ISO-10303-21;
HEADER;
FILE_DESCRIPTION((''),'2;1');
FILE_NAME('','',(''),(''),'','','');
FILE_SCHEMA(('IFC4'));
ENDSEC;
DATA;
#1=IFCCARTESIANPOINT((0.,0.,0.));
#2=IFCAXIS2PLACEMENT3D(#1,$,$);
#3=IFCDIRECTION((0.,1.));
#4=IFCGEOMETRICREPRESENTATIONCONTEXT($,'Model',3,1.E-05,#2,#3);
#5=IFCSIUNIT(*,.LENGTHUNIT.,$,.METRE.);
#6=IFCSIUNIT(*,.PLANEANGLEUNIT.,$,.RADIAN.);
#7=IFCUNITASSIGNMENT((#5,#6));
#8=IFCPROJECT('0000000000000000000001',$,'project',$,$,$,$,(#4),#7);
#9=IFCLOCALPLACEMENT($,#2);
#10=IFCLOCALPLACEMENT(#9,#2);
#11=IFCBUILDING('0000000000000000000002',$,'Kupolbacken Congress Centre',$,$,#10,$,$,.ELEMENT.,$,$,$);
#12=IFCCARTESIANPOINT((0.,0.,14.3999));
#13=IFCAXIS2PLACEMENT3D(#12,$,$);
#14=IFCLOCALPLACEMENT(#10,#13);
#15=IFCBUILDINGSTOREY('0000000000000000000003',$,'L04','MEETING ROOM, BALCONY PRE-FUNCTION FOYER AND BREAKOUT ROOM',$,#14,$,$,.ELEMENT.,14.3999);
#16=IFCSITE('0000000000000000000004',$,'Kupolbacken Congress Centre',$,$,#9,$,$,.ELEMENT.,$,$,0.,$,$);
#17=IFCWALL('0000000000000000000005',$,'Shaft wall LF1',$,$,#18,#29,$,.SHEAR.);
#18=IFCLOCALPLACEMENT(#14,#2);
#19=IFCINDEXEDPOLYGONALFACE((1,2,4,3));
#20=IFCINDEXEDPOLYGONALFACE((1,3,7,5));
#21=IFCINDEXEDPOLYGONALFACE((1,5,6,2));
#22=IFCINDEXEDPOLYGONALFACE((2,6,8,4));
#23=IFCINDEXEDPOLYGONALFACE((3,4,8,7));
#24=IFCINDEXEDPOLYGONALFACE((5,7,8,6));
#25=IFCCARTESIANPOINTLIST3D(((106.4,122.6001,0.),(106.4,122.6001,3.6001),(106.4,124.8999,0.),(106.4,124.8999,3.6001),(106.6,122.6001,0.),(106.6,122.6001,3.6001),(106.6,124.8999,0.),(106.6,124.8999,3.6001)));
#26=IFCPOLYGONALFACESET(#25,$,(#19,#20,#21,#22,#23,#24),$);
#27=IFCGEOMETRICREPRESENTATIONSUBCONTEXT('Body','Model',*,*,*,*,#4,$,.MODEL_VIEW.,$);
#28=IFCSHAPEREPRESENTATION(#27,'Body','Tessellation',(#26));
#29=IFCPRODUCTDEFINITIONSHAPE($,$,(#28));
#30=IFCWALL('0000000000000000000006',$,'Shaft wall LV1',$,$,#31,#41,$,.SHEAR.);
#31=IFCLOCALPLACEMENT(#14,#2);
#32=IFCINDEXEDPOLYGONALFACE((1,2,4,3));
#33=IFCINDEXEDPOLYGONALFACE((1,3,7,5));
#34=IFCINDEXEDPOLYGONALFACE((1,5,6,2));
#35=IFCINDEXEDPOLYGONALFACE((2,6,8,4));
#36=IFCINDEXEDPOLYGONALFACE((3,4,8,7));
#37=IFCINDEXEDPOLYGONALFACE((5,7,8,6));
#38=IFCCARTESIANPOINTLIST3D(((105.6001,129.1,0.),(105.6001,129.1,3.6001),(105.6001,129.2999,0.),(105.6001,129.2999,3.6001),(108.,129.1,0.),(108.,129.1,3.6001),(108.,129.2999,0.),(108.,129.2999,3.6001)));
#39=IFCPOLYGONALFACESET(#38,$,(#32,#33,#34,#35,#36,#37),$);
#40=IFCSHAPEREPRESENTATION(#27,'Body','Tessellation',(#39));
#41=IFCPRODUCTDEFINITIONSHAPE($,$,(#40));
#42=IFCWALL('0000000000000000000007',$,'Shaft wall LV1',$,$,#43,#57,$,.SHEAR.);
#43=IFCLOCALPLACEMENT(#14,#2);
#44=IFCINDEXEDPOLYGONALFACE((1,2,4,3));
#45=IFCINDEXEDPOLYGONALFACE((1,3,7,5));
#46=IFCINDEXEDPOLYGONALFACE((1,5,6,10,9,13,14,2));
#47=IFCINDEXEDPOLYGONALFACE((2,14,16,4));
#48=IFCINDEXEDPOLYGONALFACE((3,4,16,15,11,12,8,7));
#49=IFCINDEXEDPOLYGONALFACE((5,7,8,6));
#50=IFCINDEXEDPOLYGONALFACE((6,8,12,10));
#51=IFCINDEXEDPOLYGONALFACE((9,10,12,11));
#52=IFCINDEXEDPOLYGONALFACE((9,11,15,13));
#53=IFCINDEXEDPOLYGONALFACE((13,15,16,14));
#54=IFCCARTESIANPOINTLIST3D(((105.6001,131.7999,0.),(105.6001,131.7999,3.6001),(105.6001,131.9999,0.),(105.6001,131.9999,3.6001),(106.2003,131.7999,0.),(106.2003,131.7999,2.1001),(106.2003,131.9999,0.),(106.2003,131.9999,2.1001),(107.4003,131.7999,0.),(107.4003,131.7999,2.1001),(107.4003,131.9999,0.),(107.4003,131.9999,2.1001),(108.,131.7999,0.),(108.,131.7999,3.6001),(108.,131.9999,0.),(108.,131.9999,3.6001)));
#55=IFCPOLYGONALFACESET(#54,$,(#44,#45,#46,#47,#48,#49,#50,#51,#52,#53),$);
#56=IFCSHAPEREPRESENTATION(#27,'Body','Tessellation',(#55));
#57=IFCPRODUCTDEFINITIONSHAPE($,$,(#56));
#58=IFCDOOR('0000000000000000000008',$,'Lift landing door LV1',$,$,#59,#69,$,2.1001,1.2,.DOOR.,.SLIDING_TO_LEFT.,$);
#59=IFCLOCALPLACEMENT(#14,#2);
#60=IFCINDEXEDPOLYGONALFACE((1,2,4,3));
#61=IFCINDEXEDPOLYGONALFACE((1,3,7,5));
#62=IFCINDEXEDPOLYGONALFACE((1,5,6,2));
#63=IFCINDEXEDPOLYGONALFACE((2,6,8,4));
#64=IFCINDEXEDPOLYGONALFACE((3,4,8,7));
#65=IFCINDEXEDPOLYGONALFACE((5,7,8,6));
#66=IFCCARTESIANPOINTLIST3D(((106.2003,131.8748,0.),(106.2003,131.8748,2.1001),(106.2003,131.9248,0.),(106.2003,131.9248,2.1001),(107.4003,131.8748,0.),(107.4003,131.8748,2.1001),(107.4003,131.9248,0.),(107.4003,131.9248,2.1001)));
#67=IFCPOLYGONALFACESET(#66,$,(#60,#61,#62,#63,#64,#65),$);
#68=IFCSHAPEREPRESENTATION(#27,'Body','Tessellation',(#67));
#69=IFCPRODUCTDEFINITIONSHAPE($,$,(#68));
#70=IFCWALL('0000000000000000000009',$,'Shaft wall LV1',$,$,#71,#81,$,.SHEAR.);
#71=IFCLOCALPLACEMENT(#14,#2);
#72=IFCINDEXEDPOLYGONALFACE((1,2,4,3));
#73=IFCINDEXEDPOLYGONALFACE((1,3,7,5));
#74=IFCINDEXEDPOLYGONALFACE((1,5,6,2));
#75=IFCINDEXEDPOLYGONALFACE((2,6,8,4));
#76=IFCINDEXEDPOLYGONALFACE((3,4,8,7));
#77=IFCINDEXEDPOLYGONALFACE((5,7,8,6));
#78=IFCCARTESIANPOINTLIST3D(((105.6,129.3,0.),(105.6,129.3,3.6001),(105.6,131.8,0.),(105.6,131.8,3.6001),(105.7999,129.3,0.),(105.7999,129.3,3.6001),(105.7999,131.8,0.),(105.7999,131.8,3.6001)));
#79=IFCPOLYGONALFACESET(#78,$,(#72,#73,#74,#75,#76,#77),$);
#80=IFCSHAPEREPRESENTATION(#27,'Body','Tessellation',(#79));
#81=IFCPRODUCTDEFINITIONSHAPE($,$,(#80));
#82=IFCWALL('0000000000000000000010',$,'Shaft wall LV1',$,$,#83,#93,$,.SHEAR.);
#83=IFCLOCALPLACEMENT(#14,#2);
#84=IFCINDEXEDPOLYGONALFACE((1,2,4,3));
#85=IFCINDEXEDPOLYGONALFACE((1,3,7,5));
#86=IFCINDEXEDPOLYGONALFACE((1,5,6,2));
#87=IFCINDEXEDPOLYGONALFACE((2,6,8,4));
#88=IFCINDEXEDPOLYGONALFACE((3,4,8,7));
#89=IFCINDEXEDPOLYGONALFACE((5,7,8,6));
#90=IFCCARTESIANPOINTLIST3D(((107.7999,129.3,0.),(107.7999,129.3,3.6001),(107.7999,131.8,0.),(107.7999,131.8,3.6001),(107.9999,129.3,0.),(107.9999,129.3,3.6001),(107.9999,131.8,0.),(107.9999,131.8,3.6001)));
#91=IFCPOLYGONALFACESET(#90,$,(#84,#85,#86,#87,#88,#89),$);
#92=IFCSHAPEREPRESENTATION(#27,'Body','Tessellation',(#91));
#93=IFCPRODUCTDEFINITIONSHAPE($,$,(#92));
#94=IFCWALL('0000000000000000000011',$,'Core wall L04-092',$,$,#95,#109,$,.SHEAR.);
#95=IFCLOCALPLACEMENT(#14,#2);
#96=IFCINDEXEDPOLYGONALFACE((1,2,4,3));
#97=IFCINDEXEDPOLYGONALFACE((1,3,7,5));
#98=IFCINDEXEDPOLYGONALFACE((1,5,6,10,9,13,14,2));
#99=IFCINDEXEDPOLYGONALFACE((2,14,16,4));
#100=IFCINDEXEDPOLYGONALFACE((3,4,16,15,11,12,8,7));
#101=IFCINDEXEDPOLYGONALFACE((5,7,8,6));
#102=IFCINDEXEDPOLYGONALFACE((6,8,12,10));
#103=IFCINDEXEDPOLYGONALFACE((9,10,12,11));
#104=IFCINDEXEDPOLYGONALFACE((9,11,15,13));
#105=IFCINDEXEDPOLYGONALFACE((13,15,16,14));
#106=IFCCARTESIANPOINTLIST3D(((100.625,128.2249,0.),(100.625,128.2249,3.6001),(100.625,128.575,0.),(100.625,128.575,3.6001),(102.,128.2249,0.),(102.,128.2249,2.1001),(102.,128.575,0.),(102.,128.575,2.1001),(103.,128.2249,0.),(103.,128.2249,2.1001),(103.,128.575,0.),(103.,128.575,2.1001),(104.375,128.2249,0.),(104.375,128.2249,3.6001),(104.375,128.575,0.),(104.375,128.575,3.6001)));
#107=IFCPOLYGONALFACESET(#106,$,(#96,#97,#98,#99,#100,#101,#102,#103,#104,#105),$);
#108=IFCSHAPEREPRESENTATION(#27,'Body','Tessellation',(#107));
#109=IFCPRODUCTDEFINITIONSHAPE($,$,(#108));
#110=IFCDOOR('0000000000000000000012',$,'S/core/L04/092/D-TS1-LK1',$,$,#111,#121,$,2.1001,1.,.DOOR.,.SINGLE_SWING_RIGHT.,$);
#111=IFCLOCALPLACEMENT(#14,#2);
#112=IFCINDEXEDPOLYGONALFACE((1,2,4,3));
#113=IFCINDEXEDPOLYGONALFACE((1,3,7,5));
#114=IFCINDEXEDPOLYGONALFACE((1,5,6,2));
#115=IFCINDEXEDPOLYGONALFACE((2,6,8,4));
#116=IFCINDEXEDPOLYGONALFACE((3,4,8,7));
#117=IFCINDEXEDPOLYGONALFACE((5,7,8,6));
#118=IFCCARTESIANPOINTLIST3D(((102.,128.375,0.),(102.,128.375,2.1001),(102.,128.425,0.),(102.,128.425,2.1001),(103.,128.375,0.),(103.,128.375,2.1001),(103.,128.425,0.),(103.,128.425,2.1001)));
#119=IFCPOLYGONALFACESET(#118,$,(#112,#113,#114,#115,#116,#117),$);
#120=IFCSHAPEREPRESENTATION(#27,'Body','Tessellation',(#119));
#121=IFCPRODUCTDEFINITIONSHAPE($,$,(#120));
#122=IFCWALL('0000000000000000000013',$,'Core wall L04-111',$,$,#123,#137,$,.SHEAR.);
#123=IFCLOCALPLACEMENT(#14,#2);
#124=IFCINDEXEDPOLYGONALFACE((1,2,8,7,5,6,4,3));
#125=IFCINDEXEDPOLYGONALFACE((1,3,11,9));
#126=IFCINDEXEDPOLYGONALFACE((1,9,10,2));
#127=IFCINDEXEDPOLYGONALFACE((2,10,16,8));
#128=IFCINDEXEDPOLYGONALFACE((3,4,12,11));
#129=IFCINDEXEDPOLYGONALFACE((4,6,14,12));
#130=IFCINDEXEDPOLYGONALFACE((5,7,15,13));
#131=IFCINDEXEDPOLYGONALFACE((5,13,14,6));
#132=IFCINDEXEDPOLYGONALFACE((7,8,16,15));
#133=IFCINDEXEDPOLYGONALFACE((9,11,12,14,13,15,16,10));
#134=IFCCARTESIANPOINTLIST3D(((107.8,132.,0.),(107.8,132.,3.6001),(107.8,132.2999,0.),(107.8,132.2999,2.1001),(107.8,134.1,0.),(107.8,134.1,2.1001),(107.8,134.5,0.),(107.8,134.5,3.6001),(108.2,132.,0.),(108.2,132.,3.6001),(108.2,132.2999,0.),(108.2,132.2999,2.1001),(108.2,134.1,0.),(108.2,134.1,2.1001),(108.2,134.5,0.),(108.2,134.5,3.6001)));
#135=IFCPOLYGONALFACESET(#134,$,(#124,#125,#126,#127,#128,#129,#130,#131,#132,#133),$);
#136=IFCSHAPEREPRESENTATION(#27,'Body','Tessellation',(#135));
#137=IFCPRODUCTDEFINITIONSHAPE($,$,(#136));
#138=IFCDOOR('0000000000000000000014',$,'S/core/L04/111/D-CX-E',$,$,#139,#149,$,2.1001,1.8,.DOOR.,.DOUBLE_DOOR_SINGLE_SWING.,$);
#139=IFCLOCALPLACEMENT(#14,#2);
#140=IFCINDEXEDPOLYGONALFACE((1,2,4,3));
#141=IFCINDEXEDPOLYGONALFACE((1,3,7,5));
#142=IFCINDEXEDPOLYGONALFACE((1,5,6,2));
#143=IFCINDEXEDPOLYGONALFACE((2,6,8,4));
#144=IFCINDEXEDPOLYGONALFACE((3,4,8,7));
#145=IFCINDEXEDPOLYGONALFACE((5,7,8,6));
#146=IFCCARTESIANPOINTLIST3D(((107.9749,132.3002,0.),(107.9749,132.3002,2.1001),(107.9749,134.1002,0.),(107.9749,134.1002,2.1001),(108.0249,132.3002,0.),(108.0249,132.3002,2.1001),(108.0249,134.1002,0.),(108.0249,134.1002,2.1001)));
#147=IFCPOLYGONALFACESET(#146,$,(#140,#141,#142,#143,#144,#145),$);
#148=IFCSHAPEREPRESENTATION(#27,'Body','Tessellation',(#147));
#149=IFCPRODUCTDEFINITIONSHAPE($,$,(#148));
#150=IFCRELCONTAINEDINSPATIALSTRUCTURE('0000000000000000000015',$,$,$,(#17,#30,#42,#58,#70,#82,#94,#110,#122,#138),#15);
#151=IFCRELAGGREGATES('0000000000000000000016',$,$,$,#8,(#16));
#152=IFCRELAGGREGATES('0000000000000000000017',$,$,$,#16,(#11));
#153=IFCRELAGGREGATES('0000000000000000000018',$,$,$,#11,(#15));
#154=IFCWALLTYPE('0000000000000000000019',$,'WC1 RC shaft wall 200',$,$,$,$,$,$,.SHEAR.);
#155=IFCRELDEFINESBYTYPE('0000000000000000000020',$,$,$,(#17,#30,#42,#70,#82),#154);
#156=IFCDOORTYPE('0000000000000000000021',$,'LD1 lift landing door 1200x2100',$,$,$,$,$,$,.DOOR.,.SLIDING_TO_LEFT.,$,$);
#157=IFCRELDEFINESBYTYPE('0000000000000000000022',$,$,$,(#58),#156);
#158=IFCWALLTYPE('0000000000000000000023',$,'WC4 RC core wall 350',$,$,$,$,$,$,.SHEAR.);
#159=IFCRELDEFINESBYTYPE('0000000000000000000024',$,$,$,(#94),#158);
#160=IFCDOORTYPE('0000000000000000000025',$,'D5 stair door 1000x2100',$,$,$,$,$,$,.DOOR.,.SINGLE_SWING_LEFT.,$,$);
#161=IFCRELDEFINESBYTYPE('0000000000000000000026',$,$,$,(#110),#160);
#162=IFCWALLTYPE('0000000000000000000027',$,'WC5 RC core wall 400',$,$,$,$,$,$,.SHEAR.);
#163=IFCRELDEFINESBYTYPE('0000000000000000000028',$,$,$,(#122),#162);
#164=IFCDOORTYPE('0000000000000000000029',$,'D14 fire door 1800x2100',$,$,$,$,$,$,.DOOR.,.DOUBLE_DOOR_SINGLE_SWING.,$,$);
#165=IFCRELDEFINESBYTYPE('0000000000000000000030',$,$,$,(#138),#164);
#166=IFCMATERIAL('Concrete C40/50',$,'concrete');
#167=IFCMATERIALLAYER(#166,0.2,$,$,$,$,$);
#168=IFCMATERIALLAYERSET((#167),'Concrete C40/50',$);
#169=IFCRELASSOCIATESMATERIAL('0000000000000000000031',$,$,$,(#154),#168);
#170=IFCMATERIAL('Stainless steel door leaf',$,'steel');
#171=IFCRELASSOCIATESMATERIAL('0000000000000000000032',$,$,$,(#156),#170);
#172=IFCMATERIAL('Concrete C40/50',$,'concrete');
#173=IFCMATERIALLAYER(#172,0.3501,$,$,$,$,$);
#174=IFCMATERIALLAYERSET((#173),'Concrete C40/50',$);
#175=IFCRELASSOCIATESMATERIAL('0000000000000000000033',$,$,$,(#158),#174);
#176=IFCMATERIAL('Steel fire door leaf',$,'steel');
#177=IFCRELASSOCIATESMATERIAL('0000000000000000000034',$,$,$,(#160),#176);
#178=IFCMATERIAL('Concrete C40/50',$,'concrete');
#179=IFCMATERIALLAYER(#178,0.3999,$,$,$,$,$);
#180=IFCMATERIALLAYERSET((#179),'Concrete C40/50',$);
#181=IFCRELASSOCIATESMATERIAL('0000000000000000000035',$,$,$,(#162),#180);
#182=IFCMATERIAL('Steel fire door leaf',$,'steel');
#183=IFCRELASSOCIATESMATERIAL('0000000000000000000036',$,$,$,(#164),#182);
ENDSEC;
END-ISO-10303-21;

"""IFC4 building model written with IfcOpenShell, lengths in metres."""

from ifc_helpers import new_model, si_unit, direction, frame, frame_2d, origin, place, context, subcontext, project, spatial, rectangle, extrude, material, layer, layer_set, type_object, element, fill, save


model = new_model("IFC4")

# Units and contexts
model_context = context("Model", 3, precision=1e-05, world=origin(), true_north=direction((0.0, 1.0)))
body_context = subcontext(model_context, "Body", "Model", "MODEL_VIEW")
ifc_project = project(units=[si_unit("LENGTHUNIT", "METRE"), si_unit("PLANEANGLEUNIT", "RADIAN")], contexts=[model_context])

# Site, building, storey
site_placement = place(None, origin())
site = spatial("IfcSite", under=ifc_project, at=site_placement, Name="Kupolbacken Congress Centre", CompositionType="ELEMENT", RefElevation=0.0)
building_placement = place(site_placement, origin())
building = spatial("IfcBuilding", under=site, at=building_placement, Name="Kupolbacken Congress Centre", CompositionType="ELEMENT")
storey_placement = place(building_placement, frame((0.0, 0.0, 14.3999)))
storey = spatial("IfcBuildingStorey", under=building, at=storey_placement, Name="L04", Description="MEETING ROOM, BALCONY PRE-FUNCTION FOYER AND BREAKOUT ROOM", CompositionType="ELEMENT", Elevation=14.3999)

# Shared definitions
ifc_material_1 = material(Name="Concrete C40/50", Category="concrete")
ifc_layer_1 = layer(ifc_material_1, 0.2)
ifc_layer_set_1 = layer_set([ifc_layer_1], Name="Concrete C40/50")
wall_type_1 = type_object("IfcWallType", Name="WC1 RC shaft wall 200", PredefinedType="SHEAR", material=ifc_layer_set_1)

# Walls
for number, where, z_axis, x_axis, name in (
    (1, (106.5, 122.6001, 0.0), (0.0, 0.0, 1.0), (0.0, 1.0, 0.0), "Shaft wall LF1"),
):
    element("IfcWall", number, at=place(storey_placement, frame(where, z_axis=z_axis, x_axis=x_axis)), inside=storey, type_object=wall_type_1, Name=name, PredefinedType="SHEAR", context=body_context, shape_type="SweptSolid", body=[
        extrude(rectangle(XDim=2.2998, YDim=0.2, at=frame_2d((1.1499, 0.0))), origin(), (0.0, 0.0, 1.0), 3.6001),
    ])
wall_1_placement = place(storey_placement, frame((105.6001, 129.2, 0.0), z_axis=(0.0, 0.0, 1.0), x_axis=(1.0, 0.0, 0.0)))
element("IfcWall", 2, at=wall_1_placement, inside=storey, type_object=wall_type_1, Name="Shaft wall LV1", PredefinedType="SHEAR", context=body_context, shape_type="SweptSolid", body=[
    extrude(rectangle(XDim=2.3999, YDim=0.2, at=frame_2d((1.2, 0.0))), origin(), (0.0, 0.0, 1.0), 3.6001),
])

# Wall, opening, door
wall_2_placement = place(storey_placement, frame((105.6001, 131.8999, 0.0), z_axis=(0.0, 0.0, 1.0), x_axis=(1.0, 0.0, 0.0)))
wall_2 = element("IfcWall", 3, at=wall_2_placement, inside=storey, type_object=wall_type_1, Name="Shaft wall LV1", PredefinedType="SHEAR", context=body_context, shape_type="SweptSolid", body=[
    extrude(rectangle(XDim=2.3999, YDim=0.2, at=frame_2d((1.2, 0.0))), origin(), (0.0, 0.0, 1.0), 3.6001),
])
opening_1_placement = place(wall_2_placement, frame((0.6001, 0.0, 0.0)))
opening_1 = element("IfcOpeningElement", 4, at=opening_1_placement, cuts=wall_2, PredefinedType="OPENING", context=body_context, shape_type="SweptSolid", body=[
    extrude(rectangle(XDim=1.2, YDim=2.1001, at=frame_2d((0.6001, 1.05))), frame((0.0, 0.1099, 0.0), z_axis=(0.0, -1.0, 0.0), x_axis=(1.0, 0.0, 0.0)), (0.0, 0.0, 1.0), 0.22),
])
ifc_material_2 = material(Name="Stainless steel door leaf", Category="steel")
door_type_1 = type_object("IfcDoorType", Name="LD1 lift landing door 1200x2100", OperationType="SLIDING_TO_LEFT", PredefinedType="DOOR", material=ifc_material_2)
door_1_placement = place(opening_1_placement, origin())
door_1 = element("IfcDoor", 5, at=door_1_placement, inside=storey, type_object=door_type_1, Name="Lift landing door LV1", OperationType="SLIDING_TO_LEFT", OverallHeight=2.1001, OverallWidth=1.2, PredefinedType="DOOR", context=body_context, shape_type="SweptSolid", body=[
    extrude(rectangle(XDim=1.2, YDim=2.1001, at=frame_2d((0.6001, 1.05))), frame((0.0, 0.0249, 0.0), z_axis=(0.0, -1.0, 0.0), x_axis=(1.0, 0.0, 0.0)), (0.0, 0.0, 1.0), 0.05),
])
fill(opening_1, door_1)

# Walls
for number, where, z_axis, x_axis, name in (
    (6, (105.7, 129.3, 0.0), (0.0, 0.0, 1.0), (0.0, 1.0, 0.0), "Shaft wall LV1"),
    (7, (107.8999, 129.3, 0.0), (0.0, 0.0, 1.0), (0.0, 1.0, 0.0), "Shaft wall LV1"),
):
    element("IfcWall", number, at=place(storey_placement, frame(where, z_axis=z_axis, x_axis=x_axis)), inside=storey, type_object=wall_type_1, Name=name, PredefinedType="SHEAR", context=body_context, shape_type="SweptSolid", body=[
        extrude(rectangle(XDim=2.5, YDim=0.2, at=frame_2d((1.25, 0.0))), origin(), (0.0, 0.0, 1.0), 3.6001),
    ])

# Walls, openings, doors
ifc_material_3 = material(Name="Concrete C40/50", Category="concrete")
ifc_layer_2 = layer(ifc_material_3, 0.3501)
ifc_layer_set_2 = layer_set([ifc_layer_2], Name="Concrete C40/50")
wall_type_2 = type_object("IfcWallType", Name="WC4 RC core wall 350", PredefinedType="SHEAR", material=ifc_layer_set_2)
wall_3_placement = place(storey_placement, frame((104.375, 128.3999, 0.0), z_axis=(0.0, 0.0, 1.0), x_axis=(-1.0, 0.0, 0.0)))
wall_3 = element("IfcWall", 8, at=wall_3_placement, inside=storey, type_object=wall_type_2, Name="Core wall L04-092", PredefinedType="SHEAR", context=body_context, shape_type="SweptSolid", body=[
    extrude(rectangle(XDim=3.75, YDim=0.3501, at=frame_2d((1.875, 0.0))), origin(), (0.0, 0.0, 1.0), 3.6001),
])
opening_2_placement = place(wall_3_placement, frame((1.375, 0.0, 0.0)))
opening_2 = element("IfcOpeningElement", 9, at=opening_2_placement, cuts=wall_3, PredefinedType="OPENING", context=body_context, shape_type="SweptSolid", body=[
    extrude(rectangle(XDim=1.0, YDim=2.1001, at=frame_2d((0.5, 1.05))), frame((0.0, 0.1851, 0.0), z_axis=(0.0, -1.0, 0.0), x_axis=(1.0, 0.0, 0.0)), (0.0, 0.0, 1.0), 0.3701),
])
ifc_material_4 = material(Name="Steel fire door leaf", Category="steel")
door_type_2 = type_object("IfcDoorType", Name="D5 stair door 1000x2100", OperationType="SINGLE_SWING_LEFT", PredefinedType="DOOR", material=ifc_material_4)
door_2_placement = place(opening_2_placement, origin())
door_2 = element("IfcDoor", 10, at=door_2_placement, inside=storey, type_object=door_type_2, Name="S/core/L04/092/D-TS1-LK1", OperationType="SINGLE_SWING_RIGHT", OverallHeight=2.1001, OverallWidth=1.0, PredefinedType="DOOR", context=body_context, shape_type="SweptSolid", body=[
    extrude(rectangle(XDim=1.0, YDim=2.1001, at=frame_2d((0.5, 1.05))), frame((0.0, 0.0249, 0.0), z_axis=(0.0, -1.0, 0.0), x_axis=(1.0, 0.0, 0.0)), (0.0, 0.0, 1.0), 0.05),
])
fill(opening_2, door_2)
ifc_material_5 = material(Name="Concrete C40/50", Category="concrete")
ifc_layer_3 = layer(ifc_material_5, 0.3999)
ifc_layer_set_3 = layer_set([ifc_layer_3], Name="Concrete C40/50")
wall_type_3 = type_object("IfcWallType", Name="WC5 RC core wall 400", PredefinedType="SHEAR", material=ifc_layer_set_3)
wall_4_placement = place(storey_placement, frame((108.0, 132.0, 0.0), z_axis=(0.0, 0.0, 1.0), x_axis=(0.0, 1.0, 0.0)))
wall_4 = element("IfcWall", 11, at=wall_4_placement, inside=storey, type_object=wall_type_3, Name="Core wall L04-111", PredefinedType="SHEAR", context=body_context, shape_type="SweptSolid", body=[
    extrude(rectangle(XDim=2.5, YDim=0.3999, at=frame_2d((1.25, 0.0))), origin(), (0.0, 0.0, 1.0), 3.6001),
])
opening_3_placement = place(wall_4_placement, frame((0.3, 0.0, 0.0)))
opening_3 = element("IfcOpeningElement", 12, at=opening_3_placement, cuts=wall_4, PredefinedType="OPENING", context=body_context, shape_type="SweptSolid", body=[
    extrude(rectangle(XDim=1.8, YDim=2.1001, at=frame_2d((0.8999, 1.05))), frame((0.0, 0.21, 0.0), z_axis=(0.0, -1.0, 0.0), x_axis=(1.0, 0.0, 0.0)), (0.0, 0.0, 1.0), 0.4199),
])
ifc_material_6 = material(Name="Steel fire door leaf", Category="steel")
door_type_3 = type_object("IfcDoorType", Name="D14 fire door 1800x2100", OperationType="DOUBLE_DOOR_SINGLE_SWING", PredefinedType="DOOR", material=ifc_material_6)
door_3_placement = place(opening_3_placement, frame((1.8, 0.0, 0.0), z_axis=(0.0, 0.0, 1.0), x_axis=(-1.0, 0.0, 0.0)))
door_3 = element("IfcDoor", 13, at=door_3_placement, inside=storey, type_object=door_type_3, Name="S/core/L04/111/D-CX-E", OperationType="DOUBLE_DOOR_SINGLE_SWING", OverallHeight=2.1001, OverallWidth=1.8, PredefinedType="DOOR", context=body_context, shape_type="SweptSolid", body=[
    extrude(rectangle(XDim=1.8, YDim=2.1001, at=frame_2d((0.8999, 1.05))), frame((0.0, 0.0249, 0.0), z_axis=(0.0, -1.0, 0.0), x_axis=(1.0, 0.0, 0.0)), (0.0, 0.0, 1.0), 0.05),
])
fill(opening_3, door_3)

save(model, "model.ifc")
